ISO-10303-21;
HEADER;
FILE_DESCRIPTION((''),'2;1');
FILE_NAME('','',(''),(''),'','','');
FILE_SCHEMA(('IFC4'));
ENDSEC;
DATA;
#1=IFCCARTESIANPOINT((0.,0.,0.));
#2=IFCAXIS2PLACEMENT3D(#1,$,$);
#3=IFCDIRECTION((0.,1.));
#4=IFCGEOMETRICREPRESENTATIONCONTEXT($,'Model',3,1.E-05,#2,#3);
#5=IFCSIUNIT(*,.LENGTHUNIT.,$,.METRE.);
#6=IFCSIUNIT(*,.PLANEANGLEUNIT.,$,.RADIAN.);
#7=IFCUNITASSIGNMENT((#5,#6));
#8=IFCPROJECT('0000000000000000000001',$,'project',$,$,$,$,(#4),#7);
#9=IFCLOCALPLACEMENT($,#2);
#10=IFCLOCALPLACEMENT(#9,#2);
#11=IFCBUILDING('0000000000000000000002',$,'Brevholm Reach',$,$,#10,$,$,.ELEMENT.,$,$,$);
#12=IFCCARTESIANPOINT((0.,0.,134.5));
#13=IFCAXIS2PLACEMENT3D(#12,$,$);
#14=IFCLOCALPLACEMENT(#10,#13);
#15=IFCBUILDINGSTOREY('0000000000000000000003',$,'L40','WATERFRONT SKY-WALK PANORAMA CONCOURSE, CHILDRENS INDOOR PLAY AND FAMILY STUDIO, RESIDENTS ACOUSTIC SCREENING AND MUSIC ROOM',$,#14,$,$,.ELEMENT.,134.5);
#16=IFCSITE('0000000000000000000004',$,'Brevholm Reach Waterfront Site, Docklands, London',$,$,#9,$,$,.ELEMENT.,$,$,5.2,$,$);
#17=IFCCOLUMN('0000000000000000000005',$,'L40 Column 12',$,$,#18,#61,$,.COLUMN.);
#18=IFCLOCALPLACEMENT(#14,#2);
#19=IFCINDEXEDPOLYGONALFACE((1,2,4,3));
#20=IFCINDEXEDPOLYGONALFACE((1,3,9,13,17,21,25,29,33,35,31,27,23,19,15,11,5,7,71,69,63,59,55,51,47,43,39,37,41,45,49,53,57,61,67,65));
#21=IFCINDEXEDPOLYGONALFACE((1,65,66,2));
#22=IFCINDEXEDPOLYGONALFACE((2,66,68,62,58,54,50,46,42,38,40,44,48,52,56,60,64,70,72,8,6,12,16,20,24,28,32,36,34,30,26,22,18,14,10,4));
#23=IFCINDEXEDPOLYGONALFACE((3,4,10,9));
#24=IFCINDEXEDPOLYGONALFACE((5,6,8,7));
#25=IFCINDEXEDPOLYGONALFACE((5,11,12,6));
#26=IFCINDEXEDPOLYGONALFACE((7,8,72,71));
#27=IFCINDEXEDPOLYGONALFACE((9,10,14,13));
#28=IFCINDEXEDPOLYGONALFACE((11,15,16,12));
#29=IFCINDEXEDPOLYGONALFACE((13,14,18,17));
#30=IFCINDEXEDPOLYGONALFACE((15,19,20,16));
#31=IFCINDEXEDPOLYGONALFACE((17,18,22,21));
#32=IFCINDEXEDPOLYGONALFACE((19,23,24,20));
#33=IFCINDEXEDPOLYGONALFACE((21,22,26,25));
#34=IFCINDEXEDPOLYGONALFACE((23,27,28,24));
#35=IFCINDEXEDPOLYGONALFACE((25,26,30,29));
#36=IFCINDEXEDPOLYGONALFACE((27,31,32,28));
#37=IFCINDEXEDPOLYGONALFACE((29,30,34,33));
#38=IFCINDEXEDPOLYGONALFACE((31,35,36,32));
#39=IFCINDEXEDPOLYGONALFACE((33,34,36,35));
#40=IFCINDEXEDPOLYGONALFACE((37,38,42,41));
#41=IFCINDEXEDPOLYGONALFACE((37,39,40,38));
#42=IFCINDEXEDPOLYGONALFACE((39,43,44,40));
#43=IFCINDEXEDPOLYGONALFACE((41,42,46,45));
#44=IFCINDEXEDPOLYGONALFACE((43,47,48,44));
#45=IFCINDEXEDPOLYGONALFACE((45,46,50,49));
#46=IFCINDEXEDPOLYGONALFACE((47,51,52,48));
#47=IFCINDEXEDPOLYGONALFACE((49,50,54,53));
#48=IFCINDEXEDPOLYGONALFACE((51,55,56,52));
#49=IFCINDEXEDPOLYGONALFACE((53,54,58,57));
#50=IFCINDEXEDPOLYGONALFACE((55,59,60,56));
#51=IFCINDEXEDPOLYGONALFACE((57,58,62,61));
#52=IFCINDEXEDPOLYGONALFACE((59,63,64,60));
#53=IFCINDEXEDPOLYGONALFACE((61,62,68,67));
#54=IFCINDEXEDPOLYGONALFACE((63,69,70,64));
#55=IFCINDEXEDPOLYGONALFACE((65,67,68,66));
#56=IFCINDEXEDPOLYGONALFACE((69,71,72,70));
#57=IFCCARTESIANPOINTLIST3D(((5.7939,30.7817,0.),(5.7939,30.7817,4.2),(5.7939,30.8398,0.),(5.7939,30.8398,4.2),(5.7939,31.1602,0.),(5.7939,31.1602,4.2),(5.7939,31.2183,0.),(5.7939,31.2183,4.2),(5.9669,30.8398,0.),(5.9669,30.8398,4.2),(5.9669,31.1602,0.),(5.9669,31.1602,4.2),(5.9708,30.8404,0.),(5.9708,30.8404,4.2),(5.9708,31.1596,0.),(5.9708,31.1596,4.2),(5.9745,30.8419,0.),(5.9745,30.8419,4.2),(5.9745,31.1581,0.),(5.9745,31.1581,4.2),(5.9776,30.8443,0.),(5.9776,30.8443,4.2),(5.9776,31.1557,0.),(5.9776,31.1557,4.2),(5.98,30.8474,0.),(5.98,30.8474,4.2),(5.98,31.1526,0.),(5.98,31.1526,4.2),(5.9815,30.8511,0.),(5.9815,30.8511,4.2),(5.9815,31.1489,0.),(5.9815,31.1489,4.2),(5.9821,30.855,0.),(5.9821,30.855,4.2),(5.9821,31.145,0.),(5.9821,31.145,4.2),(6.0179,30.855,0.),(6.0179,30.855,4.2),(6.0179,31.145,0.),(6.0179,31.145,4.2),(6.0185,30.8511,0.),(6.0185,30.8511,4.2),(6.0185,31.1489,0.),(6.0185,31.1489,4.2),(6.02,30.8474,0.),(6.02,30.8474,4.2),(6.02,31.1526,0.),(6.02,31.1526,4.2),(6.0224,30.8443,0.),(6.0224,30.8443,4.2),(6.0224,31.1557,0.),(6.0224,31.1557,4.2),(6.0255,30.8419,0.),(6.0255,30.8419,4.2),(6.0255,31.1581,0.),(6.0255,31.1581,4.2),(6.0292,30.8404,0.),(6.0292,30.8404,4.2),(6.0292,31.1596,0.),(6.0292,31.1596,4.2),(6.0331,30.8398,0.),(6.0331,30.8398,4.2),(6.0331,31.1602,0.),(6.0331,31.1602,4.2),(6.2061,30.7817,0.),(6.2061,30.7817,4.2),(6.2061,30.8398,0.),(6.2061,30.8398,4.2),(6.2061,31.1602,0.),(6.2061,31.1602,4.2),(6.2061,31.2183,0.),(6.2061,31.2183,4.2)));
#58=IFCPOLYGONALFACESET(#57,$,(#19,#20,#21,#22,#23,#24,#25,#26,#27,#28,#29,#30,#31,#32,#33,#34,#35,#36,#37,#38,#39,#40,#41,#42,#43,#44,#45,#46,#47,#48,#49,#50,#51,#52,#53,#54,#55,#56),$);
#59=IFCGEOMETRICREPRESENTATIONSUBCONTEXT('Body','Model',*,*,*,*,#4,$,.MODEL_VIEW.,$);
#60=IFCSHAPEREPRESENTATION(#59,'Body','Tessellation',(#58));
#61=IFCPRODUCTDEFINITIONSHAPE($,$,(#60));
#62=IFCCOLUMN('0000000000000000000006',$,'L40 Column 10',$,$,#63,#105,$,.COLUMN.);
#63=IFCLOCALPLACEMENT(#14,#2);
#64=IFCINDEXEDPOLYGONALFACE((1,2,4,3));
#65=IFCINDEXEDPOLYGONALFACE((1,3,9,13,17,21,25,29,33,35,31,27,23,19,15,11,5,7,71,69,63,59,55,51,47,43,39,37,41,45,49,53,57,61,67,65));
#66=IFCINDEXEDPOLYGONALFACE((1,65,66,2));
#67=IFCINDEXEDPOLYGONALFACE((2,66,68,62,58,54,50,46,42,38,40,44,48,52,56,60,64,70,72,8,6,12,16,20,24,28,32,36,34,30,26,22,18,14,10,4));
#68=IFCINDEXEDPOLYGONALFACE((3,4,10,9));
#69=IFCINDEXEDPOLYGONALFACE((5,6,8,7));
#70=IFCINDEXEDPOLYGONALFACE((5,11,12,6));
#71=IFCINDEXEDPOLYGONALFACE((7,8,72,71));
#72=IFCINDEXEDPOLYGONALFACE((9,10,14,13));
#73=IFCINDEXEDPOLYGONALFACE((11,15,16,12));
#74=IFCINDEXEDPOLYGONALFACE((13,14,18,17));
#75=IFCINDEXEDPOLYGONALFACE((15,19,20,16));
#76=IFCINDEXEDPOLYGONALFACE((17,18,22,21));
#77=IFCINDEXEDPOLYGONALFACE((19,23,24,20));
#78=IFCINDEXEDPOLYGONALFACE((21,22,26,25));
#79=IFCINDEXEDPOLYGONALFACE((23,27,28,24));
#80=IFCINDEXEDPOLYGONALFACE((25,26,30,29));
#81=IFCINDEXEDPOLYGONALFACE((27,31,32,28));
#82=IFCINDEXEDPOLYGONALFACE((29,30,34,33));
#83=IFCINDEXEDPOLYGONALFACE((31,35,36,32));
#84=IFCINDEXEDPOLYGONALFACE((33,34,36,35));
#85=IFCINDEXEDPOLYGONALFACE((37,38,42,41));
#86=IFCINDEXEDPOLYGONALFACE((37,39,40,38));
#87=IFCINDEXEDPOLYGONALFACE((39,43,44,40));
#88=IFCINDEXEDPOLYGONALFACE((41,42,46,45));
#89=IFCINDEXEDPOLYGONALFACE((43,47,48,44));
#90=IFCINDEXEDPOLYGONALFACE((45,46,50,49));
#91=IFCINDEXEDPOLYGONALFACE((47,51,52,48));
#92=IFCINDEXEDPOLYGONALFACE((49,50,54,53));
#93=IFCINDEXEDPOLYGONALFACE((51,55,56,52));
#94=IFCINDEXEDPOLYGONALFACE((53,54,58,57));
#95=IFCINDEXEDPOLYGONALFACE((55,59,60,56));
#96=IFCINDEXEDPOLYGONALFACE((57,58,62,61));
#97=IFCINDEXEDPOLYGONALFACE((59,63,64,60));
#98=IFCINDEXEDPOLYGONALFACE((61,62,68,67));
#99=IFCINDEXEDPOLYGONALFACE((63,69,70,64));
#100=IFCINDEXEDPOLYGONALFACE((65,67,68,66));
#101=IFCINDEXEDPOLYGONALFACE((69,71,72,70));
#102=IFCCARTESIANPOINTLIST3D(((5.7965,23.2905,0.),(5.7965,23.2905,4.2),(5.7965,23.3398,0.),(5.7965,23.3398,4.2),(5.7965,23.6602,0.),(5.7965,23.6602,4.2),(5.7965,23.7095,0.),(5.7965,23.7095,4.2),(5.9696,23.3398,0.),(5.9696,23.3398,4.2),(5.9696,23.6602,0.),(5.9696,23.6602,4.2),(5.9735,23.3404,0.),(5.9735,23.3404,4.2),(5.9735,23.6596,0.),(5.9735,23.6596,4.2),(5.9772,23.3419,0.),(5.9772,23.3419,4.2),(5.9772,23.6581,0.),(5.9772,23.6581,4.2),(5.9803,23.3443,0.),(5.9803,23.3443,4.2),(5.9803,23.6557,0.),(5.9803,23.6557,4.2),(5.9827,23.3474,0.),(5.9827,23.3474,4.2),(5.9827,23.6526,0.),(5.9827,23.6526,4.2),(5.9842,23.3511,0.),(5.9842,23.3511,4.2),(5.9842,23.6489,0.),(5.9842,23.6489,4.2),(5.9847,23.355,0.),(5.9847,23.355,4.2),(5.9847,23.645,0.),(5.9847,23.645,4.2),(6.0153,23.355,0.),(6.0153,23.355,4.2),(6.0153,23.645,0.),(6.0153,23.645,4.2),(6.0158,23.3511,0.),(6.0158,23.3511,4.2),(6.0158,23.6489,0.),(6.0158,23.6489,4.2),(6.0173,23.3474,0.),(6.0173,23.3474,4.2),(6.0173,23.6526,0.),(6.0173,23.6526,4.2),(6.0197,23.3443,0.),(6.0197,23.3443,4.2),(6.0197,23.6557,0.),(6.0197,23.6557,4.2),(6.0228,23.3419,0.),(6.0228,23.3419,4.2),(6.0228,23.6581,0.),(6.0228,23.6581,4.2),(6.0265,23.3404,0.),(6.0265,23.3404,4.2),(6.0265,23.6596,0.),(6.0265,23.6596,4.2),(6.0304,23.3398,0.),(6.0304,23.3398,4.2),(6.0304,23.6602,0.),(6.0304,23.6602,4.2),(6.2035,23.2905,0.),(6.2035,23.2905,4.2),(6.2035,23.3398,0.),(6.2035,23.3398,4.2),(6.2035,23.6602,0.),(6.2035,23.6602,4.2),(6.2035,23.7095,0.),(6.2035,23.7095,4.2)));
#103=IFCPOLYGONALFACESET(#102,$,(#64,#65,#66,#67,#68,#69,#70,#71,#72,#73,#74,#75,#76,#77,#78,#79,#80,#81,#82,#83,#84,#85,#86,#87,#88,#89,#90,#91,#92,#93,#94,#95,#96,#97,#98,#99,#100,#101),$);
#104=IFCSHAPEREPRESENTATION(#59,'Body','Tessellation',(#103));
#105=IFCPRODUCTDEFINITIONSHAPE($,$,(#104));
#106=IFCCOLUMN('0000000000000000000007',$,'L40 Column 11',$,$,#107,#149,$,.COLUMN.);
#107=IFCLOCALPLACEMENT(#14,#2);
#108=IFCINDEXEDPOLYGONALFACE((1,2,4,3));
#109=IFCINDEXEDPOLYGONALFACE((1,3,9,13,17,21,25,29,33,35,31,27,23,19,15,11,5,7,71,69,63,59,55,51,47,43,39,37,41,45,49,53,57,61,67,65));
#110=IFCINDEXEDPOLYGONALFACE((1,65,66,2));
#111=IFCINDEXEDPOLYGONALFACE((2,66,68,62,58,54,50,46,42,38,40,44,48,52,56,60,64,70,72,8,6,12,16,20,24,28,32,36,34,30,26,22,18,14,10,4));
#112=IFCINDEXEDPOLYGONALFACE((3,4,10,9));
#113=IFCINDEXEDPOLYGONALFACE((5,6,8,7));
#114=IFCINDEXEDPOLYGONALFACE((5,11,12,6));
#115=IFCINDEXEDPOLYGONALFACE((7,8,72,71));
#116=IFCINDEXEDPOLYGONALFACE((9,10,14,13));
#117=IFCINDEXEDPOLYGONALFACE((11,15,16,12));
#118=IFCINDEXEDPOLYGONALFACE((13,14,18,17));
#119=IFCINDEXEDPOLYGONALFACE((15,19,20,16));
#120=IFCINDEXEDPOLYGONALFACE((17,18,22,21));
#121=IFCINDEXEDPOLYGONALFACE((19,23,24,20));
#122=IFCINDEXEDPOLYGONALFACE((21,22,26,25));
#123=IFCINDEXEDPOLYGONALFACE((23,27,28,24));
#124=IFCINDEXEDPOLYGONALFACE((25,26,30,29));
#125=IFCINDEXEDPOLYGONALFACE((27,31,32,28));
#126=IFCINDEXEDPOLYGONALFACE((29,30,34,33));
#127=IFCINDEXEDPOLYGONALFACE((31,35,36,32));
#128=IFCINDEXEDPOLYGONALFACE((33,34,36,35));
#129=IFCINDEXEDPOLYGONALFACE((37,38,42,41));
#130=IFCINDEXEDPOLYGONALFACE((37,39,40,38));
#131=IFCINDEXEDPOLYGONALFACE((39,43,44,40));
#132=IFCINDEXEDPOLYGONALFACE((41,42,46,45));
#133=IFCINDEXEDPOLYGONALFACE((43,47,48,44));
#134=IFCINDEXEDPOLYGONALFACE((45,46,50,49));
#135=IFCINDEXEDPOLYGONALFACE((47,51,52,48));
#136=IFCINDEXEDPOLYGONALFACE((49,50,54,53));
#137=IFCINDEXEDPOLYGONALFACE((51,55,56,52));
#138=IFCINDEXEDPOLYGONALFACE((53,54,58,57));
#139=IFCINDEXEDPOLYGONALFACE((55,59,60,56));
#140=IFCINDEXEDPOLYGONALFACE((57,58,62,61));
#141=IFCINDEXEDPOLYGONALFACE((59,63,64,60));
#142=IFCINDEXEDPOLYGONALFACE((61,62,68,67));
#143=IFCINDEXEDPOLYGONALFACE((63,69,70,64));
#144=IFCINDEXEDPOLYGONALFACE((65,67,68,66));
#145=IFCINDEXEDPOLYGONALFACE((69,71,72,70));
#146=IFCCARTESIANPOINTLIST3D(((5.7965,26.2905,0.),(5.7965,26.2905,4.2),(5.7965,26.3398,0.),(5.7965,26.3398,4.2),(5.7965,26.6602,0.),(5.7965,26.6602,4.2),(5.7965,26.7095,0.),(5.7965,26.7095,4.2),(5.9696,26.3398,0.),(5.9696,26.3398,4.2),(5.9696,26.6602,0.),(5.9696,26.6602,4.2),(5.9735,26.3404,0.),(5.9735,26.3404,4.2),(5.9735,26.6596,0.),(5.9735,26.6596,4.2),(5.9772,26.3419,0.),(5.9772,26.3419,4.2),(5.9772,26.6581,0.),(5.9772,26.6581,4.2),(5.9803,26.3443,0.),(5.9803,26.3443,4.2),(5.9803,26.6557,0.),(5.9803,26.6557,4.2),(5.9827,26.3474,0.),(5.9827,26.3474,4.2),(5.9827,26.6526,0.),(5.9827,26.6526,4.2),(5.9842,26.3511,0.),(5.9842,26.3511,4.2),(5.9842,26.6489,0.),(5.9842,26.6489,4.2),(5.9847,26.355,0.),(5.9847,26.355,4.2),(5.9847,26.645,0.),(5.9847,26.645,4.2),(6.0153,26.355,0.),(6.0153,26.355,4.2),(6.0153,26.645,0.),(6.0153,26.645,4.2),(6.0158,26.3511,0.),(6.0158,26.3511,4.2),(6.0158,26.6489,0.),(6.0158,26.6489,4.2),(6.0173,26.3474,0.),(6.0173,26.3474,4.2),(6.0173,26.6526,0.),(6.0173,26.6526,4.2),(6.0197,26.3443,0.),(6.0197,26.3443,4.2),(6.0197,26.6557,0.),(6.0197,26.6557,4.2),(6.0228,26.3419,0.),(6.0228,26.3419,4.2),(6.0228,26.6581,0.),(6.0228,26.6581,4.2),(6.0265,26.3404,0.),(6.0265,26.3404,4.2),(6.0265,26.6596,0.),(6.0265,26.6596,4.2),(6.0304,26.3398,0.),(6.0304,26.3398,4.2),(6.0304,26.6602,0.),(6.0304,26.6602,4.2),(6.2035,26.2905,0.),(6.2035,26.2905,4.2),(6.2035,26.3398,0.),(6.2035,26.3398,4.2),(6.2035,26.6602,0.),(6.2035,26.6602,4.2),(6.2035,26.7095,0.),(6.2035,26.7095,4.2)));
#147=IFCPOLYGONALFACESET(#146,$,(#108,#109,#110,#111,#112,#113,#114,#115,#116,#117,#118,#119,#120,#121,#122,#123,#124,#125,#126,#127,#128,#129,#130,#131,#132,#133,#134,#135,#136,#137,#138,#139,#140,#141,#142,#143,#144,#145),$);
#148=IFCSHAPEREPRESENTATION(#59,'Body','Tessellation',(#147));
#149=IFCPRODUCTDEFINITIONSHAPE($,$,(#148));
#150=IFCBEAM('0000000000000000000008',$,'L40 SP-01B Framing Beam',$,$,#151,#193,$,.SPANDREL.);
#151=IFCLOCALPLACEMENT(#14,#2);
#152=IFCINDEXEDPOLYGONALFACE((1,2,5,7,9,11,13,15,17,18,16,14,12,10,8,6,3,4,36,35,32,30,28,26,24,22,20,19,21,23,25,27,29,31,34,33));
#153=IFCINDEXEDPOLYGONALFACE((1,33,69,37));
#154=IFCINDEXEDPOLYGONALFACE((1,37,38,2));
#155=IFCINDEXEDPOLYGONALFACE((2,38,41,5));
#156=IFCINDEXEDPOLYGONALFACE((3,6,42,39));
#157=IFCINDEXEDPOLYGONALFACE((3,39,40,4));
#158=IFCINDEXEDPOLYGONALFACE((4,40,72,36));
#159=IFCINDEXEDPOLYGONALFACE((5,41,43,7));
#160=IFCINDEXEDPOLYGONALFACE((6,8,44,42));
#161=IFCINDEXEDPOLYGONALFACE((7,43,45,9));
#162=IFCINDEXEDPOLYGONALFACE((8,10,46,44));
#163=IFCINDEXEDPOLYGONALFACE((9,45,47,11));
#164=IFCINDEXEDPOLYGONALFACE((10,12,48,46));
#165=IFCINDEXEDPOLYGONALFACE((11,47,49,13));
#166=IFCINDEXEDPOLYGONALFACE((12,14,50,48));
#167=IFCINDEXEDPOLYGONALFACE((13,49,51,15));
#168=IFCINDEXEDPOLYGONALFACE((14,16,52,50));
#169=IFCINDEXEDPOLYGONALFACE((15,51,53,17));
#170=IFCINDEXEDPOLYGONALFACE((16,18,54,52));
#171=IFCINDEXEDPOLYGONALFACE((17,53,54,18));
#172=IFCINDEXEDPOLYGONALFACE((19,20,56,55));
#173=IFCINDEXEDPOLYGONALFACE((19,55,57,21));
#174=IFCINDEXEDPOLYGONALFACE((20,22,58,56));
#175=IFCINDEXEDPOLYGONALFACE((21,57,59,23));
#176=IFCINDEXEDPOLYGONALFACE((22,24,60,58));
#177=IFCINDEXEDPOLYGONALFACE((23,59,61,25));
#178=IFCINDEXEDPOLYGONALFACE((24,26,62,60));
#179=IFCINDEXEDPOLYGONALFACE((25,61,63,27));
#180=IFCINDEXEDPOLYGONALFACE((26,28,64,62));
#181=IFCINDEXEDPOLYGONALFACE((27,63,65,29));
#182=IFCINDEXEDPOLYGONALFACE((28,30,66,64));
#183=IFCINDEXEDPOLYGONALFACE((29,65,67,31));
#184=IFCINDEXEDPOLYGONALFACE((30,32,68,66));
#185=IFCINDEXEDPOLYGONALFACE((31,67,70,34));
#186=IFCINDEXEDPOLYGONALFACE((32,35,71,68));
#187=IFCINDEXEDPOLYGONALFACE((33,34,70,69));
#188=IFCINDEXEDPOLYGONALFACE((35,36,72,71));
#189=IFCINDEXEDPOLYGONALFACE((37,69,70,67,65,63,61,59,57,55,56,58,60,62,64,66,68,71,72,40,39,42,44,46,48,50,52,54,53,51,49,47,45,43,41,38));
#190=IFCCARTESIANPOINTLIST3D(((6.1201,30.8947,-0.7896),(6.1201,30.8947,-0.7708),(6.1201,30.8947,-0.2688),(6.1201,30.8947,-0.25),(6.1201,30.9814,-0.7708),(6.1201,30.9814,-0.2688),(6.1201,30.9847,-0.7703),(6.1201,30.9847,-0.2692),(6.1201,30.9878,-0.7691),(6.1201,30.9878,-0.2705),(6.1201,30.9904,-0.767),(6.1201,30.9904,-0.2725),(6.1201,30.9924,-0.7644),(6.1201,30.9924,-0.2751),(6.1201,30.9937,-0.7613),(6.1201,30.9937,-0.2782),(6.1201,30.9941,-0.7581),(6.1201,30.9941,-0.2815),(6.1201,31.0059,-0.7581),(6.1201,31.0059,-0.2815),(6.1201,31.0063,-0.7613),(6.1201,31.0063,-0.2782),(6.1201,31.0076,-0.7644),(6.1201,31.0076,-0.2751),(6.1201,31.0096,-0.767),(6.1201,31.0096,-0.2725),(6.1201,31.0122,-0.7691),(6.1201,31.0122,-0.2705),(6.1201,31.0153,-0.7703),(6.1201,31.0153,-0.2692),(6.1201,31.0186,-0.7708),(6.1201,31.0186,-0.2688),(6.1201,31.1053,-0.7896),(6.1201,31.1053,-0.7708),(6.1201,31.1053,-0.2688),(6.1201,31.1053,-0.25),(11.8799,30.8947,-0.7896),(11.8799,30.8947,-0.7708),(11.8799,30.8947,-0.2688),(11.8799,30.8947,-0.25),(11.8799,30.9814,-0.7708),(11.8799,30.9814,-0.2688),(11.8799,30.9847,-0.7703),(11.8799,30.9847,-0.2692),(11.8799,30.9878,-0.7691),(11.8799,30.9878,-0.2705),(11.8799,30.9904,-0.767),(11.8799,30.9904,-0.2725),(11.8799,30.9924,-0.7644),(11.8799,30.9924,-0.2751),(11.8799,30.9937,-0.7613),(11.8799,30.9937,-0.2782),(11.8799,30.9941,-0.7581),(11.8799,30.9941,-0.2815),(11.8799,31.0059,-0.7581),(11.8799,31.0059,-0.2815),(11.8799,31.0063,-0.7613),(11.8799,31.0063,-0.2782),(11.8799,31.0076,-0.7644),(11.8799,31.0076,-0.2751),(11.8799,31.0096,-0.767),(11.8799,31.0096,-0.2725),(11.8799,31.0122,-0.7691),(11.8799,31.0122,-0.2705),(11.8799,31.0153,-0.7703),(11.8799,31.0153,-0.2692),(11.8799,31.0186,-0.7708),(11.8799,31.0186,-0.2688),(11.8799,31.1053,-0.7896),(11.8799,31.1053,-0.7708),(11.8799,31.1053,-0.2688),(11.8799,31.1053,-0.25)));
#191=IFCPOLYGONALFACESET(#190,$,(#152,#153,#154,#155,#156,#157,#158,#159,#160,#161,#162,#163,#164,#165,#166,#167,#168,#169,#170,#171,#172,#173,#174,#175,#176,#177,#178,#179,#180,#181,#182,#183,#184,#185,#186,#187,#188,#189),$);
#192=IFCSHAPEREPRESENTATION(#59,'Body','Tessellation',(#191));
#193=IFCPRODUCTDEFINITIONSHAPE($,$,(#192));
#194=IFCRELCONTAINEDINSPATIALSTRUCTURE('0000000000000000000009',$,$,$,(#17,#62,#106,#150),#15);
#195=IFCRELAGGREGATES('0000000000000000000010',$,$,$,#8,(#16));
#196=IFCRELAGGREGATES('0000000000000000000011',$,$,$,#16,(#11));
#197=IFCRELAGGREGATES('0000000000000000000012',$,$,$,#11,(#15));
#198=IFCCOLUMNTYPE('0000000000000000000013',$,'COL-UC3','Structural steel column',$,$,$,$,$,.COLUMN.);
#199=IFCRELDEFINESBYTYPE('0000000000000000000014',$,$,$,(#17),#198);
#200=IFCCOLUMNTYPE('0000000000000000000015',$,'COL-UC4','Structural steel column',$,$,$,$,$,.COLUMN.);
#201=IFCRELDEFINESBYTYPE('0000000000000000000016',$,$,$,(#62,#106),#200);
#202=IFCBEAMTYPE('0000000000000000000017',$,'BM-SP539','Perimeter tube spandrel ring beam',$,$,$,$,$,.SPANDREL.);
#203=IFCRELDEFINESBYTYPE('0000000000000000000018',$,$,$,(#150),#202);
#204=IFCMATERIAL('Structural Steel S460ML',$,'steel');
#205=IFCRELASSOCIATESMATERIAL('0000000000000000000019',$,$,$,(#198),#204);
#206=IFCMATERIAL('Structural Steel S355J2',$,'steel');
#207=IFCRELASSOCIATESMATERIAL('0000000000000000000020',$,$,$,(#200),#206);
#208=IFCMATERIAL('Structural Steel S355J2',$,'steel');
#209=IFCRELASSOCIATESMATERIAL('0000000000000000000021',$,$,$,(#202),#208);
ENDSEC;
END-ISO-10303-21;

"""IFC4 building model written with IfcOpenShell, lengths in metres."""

from ifc_helpers import new_model, si_unit, direction, frame, origin, origin_2d, place, context, subcontext, project, spatial, i_section, extrude, material, material_profile, profile_set, type_object, element, save


model = new_model("IFC4")

# Units and contexts
model_context = context("Model", 3, precision=1e-05, world=origin(), true_north=direction((0.0, 1.0)))
body_context = subcontext(model_context, "Body", "Model", "MODEL_VIEW")
ifc_project = project(units=[si_unit("LENGTHUNIT", "METRE"), si_unit("PLANEANGLEUNIT", "RADIAN")], contexts=[model_context])

# Site, building, storey
site_placement = place(None, origin())
site = spatial("IfcSite", under=ifc_project, at=site_placement, Name="Brevholm Reach Waterfront Site, Docklands, London", CompositionType="ELEMENT", RefElevation=5.2)
building_placement = place(site_placement, origin())
building = spatial("IfcBuilding", under=site, at=building_placement, Name="Brevholm Reach", CompositionType="ELEMENT")
storey_placement = place(building_placement, frame((0.0, 0.0, 134.5)))
storey = spatial("IfcBuildingStorey", under=building, at=storey_placement, Name="L40", Description="WATERFRONT SKY-WALK PANORAMA CONCOURSE, CHILDRENS INDOOR PLAY AND FAMILY STUDIO, RESIDENTS ACOUSTIC SCREENING AND MUSIC ROOM", CompositionType="ELEMENT", Elevation=134.5)

# Columns
ifc_material_1 = material(Name="Structural Steel S460ML", Category="steel")
ifc_material_profile_1 = material_profile(ifc_material_1, i_section(OverallWidth=0.4121, OverallDepth=0.4365, WebThickness=0.0359, FlangeThickness=0.0581, FilletRadius=0.0151, at=origin_2d()), Name="UKC 356x406x467")
ifc_profile_set_1 = profile_set([ifc_material_profile_1], Name="Structural Steel S460ML")
column_type_1 = type_object("IfcColumnType", Name="COL-UC3", Description="Structural steel column", PredefinedType="COLUMN", material=ifc_profile_set_1)
for number, where, z_axis, x_axis, name in (
    (1, (6.0, 31.0, 0.0), (0.0, 0.0, 1.0), (1.0, 0.0, 0.0), "L40 Column 12"),
):
    element("IfcColumn", number, at=place(storey_placement, frame(where, z_axis=z_axis, x_axis=x_axis)), inside=storey, type_object=column_type_1, Name=name, PredefinedType="COLUMN", context=body_context, shape_type="SweptSolid", body=[
        extrude(i_section(OverallWidth=0.4121, OverallDepth=0.4365, WebThickness=0.0359, FlangeThickness=0.0581, FilletRadius=0.0151, at=origin_2d()), origin(), (0.0, 0.0, 1.0), 4.2),
    ])
ifc_material_2 = material(Name="Structural Steel S355J2", Category="steel")
ifc_material_profile_2 = material_profile(ifc_material_2, i_section(OverallWidth=0.407, OverallDepth=0.4189, WebThickness=0.0305, FlangeThickness=0.0493, FilletRadius=0.0151, at=origin_2d()), Name="UKC 356x406x393")
ifc_profile_set_2 = profile_set([ifc_material_profile_2], Name="Structural Steel S355J2")
column_type_2 = type_object("IfcColumnType", Name="COL-UC4", Description="Structural steel column", PredefinedType="COLUMN", material=ifc_profile_set_2)
for number, where, z_axis, x_axis, name in (
    (2, (6.0, 23.5, 0.0), (0.0, 0.0, 1.0), (1.0, 0.0, 0.0), "L40 Column 10"),
    (3, (6.0, 26.5, 0.0), (0.0, 0.0, 1.0), (1.0, 0.0, 0.0), "L40 Column 11"),
):
    element("IfcColumn", number, at=place(storey_placement, frame(where, z_axis=z_axis, x_axis=x_axis)), inside=storey, type_object=column_type_2, Name=name, PredefinedType="COLUMN", context=body_context, shape_type="SweptSolid", body=[
        extrude(i_section(OverallWidth=0.407, OverallDepth=0.4189, WebThickness=0.0305, FlangeThickness=0.0493, FilletRadius=0.0151, at=origin_2d()), origin(), (0.0, 0.0, 1.0), 4.2),
    ])

# Beam
ifc_material_3 = material(Name="Structural Steel S355J2", Category="steel")
ifc_material_profile_3 = material_profile(ifc_material_3, i_section(OverallWidth=0.2107, OverallDepth=0.5396, WebThickness=0.0117, FlangeThickness=0.0188, FilletRadius=0.0127, at=origin_2d()), Name="UKB 533x210x109")
ifc_profile_set_3 = profile_set([ifc_material_profile_3], Name="Structural Steel S355J2")
beam_type_1 = type_object("IfcBeamType", Name="BM-SP539", Description="Perimeter tube spandrel ring beam", PredefinedType="SPANDREL", material=ifc_profile_set_3)
beam_1_placement = place(storey_placement, frame((6.1201, 31.0, -0.5198), z_axis=(1.0, 0.0, 0.0), x_axis=(0.0, 1.0, 0.0)))
element("IfcBeam", 4, at=beam_1_placement, inside=storey, type_object=beam_type_1, Name="L40 SP-01B Framing Beam", PredefinedType="SPANDREL", context=body_context, shape_type="SweptSolid", body=[
    extrude(i_section(OverallWidth=0.2107, OverallDepth=0.5396, WebThickness=0.0117, FlangeThickness=0.0188, FilletRadius=0.0127, at=origin_2d()), origin(), (0.0, 0.0, 1.0), 5.7598),
])

save(model, "model.ifc")
